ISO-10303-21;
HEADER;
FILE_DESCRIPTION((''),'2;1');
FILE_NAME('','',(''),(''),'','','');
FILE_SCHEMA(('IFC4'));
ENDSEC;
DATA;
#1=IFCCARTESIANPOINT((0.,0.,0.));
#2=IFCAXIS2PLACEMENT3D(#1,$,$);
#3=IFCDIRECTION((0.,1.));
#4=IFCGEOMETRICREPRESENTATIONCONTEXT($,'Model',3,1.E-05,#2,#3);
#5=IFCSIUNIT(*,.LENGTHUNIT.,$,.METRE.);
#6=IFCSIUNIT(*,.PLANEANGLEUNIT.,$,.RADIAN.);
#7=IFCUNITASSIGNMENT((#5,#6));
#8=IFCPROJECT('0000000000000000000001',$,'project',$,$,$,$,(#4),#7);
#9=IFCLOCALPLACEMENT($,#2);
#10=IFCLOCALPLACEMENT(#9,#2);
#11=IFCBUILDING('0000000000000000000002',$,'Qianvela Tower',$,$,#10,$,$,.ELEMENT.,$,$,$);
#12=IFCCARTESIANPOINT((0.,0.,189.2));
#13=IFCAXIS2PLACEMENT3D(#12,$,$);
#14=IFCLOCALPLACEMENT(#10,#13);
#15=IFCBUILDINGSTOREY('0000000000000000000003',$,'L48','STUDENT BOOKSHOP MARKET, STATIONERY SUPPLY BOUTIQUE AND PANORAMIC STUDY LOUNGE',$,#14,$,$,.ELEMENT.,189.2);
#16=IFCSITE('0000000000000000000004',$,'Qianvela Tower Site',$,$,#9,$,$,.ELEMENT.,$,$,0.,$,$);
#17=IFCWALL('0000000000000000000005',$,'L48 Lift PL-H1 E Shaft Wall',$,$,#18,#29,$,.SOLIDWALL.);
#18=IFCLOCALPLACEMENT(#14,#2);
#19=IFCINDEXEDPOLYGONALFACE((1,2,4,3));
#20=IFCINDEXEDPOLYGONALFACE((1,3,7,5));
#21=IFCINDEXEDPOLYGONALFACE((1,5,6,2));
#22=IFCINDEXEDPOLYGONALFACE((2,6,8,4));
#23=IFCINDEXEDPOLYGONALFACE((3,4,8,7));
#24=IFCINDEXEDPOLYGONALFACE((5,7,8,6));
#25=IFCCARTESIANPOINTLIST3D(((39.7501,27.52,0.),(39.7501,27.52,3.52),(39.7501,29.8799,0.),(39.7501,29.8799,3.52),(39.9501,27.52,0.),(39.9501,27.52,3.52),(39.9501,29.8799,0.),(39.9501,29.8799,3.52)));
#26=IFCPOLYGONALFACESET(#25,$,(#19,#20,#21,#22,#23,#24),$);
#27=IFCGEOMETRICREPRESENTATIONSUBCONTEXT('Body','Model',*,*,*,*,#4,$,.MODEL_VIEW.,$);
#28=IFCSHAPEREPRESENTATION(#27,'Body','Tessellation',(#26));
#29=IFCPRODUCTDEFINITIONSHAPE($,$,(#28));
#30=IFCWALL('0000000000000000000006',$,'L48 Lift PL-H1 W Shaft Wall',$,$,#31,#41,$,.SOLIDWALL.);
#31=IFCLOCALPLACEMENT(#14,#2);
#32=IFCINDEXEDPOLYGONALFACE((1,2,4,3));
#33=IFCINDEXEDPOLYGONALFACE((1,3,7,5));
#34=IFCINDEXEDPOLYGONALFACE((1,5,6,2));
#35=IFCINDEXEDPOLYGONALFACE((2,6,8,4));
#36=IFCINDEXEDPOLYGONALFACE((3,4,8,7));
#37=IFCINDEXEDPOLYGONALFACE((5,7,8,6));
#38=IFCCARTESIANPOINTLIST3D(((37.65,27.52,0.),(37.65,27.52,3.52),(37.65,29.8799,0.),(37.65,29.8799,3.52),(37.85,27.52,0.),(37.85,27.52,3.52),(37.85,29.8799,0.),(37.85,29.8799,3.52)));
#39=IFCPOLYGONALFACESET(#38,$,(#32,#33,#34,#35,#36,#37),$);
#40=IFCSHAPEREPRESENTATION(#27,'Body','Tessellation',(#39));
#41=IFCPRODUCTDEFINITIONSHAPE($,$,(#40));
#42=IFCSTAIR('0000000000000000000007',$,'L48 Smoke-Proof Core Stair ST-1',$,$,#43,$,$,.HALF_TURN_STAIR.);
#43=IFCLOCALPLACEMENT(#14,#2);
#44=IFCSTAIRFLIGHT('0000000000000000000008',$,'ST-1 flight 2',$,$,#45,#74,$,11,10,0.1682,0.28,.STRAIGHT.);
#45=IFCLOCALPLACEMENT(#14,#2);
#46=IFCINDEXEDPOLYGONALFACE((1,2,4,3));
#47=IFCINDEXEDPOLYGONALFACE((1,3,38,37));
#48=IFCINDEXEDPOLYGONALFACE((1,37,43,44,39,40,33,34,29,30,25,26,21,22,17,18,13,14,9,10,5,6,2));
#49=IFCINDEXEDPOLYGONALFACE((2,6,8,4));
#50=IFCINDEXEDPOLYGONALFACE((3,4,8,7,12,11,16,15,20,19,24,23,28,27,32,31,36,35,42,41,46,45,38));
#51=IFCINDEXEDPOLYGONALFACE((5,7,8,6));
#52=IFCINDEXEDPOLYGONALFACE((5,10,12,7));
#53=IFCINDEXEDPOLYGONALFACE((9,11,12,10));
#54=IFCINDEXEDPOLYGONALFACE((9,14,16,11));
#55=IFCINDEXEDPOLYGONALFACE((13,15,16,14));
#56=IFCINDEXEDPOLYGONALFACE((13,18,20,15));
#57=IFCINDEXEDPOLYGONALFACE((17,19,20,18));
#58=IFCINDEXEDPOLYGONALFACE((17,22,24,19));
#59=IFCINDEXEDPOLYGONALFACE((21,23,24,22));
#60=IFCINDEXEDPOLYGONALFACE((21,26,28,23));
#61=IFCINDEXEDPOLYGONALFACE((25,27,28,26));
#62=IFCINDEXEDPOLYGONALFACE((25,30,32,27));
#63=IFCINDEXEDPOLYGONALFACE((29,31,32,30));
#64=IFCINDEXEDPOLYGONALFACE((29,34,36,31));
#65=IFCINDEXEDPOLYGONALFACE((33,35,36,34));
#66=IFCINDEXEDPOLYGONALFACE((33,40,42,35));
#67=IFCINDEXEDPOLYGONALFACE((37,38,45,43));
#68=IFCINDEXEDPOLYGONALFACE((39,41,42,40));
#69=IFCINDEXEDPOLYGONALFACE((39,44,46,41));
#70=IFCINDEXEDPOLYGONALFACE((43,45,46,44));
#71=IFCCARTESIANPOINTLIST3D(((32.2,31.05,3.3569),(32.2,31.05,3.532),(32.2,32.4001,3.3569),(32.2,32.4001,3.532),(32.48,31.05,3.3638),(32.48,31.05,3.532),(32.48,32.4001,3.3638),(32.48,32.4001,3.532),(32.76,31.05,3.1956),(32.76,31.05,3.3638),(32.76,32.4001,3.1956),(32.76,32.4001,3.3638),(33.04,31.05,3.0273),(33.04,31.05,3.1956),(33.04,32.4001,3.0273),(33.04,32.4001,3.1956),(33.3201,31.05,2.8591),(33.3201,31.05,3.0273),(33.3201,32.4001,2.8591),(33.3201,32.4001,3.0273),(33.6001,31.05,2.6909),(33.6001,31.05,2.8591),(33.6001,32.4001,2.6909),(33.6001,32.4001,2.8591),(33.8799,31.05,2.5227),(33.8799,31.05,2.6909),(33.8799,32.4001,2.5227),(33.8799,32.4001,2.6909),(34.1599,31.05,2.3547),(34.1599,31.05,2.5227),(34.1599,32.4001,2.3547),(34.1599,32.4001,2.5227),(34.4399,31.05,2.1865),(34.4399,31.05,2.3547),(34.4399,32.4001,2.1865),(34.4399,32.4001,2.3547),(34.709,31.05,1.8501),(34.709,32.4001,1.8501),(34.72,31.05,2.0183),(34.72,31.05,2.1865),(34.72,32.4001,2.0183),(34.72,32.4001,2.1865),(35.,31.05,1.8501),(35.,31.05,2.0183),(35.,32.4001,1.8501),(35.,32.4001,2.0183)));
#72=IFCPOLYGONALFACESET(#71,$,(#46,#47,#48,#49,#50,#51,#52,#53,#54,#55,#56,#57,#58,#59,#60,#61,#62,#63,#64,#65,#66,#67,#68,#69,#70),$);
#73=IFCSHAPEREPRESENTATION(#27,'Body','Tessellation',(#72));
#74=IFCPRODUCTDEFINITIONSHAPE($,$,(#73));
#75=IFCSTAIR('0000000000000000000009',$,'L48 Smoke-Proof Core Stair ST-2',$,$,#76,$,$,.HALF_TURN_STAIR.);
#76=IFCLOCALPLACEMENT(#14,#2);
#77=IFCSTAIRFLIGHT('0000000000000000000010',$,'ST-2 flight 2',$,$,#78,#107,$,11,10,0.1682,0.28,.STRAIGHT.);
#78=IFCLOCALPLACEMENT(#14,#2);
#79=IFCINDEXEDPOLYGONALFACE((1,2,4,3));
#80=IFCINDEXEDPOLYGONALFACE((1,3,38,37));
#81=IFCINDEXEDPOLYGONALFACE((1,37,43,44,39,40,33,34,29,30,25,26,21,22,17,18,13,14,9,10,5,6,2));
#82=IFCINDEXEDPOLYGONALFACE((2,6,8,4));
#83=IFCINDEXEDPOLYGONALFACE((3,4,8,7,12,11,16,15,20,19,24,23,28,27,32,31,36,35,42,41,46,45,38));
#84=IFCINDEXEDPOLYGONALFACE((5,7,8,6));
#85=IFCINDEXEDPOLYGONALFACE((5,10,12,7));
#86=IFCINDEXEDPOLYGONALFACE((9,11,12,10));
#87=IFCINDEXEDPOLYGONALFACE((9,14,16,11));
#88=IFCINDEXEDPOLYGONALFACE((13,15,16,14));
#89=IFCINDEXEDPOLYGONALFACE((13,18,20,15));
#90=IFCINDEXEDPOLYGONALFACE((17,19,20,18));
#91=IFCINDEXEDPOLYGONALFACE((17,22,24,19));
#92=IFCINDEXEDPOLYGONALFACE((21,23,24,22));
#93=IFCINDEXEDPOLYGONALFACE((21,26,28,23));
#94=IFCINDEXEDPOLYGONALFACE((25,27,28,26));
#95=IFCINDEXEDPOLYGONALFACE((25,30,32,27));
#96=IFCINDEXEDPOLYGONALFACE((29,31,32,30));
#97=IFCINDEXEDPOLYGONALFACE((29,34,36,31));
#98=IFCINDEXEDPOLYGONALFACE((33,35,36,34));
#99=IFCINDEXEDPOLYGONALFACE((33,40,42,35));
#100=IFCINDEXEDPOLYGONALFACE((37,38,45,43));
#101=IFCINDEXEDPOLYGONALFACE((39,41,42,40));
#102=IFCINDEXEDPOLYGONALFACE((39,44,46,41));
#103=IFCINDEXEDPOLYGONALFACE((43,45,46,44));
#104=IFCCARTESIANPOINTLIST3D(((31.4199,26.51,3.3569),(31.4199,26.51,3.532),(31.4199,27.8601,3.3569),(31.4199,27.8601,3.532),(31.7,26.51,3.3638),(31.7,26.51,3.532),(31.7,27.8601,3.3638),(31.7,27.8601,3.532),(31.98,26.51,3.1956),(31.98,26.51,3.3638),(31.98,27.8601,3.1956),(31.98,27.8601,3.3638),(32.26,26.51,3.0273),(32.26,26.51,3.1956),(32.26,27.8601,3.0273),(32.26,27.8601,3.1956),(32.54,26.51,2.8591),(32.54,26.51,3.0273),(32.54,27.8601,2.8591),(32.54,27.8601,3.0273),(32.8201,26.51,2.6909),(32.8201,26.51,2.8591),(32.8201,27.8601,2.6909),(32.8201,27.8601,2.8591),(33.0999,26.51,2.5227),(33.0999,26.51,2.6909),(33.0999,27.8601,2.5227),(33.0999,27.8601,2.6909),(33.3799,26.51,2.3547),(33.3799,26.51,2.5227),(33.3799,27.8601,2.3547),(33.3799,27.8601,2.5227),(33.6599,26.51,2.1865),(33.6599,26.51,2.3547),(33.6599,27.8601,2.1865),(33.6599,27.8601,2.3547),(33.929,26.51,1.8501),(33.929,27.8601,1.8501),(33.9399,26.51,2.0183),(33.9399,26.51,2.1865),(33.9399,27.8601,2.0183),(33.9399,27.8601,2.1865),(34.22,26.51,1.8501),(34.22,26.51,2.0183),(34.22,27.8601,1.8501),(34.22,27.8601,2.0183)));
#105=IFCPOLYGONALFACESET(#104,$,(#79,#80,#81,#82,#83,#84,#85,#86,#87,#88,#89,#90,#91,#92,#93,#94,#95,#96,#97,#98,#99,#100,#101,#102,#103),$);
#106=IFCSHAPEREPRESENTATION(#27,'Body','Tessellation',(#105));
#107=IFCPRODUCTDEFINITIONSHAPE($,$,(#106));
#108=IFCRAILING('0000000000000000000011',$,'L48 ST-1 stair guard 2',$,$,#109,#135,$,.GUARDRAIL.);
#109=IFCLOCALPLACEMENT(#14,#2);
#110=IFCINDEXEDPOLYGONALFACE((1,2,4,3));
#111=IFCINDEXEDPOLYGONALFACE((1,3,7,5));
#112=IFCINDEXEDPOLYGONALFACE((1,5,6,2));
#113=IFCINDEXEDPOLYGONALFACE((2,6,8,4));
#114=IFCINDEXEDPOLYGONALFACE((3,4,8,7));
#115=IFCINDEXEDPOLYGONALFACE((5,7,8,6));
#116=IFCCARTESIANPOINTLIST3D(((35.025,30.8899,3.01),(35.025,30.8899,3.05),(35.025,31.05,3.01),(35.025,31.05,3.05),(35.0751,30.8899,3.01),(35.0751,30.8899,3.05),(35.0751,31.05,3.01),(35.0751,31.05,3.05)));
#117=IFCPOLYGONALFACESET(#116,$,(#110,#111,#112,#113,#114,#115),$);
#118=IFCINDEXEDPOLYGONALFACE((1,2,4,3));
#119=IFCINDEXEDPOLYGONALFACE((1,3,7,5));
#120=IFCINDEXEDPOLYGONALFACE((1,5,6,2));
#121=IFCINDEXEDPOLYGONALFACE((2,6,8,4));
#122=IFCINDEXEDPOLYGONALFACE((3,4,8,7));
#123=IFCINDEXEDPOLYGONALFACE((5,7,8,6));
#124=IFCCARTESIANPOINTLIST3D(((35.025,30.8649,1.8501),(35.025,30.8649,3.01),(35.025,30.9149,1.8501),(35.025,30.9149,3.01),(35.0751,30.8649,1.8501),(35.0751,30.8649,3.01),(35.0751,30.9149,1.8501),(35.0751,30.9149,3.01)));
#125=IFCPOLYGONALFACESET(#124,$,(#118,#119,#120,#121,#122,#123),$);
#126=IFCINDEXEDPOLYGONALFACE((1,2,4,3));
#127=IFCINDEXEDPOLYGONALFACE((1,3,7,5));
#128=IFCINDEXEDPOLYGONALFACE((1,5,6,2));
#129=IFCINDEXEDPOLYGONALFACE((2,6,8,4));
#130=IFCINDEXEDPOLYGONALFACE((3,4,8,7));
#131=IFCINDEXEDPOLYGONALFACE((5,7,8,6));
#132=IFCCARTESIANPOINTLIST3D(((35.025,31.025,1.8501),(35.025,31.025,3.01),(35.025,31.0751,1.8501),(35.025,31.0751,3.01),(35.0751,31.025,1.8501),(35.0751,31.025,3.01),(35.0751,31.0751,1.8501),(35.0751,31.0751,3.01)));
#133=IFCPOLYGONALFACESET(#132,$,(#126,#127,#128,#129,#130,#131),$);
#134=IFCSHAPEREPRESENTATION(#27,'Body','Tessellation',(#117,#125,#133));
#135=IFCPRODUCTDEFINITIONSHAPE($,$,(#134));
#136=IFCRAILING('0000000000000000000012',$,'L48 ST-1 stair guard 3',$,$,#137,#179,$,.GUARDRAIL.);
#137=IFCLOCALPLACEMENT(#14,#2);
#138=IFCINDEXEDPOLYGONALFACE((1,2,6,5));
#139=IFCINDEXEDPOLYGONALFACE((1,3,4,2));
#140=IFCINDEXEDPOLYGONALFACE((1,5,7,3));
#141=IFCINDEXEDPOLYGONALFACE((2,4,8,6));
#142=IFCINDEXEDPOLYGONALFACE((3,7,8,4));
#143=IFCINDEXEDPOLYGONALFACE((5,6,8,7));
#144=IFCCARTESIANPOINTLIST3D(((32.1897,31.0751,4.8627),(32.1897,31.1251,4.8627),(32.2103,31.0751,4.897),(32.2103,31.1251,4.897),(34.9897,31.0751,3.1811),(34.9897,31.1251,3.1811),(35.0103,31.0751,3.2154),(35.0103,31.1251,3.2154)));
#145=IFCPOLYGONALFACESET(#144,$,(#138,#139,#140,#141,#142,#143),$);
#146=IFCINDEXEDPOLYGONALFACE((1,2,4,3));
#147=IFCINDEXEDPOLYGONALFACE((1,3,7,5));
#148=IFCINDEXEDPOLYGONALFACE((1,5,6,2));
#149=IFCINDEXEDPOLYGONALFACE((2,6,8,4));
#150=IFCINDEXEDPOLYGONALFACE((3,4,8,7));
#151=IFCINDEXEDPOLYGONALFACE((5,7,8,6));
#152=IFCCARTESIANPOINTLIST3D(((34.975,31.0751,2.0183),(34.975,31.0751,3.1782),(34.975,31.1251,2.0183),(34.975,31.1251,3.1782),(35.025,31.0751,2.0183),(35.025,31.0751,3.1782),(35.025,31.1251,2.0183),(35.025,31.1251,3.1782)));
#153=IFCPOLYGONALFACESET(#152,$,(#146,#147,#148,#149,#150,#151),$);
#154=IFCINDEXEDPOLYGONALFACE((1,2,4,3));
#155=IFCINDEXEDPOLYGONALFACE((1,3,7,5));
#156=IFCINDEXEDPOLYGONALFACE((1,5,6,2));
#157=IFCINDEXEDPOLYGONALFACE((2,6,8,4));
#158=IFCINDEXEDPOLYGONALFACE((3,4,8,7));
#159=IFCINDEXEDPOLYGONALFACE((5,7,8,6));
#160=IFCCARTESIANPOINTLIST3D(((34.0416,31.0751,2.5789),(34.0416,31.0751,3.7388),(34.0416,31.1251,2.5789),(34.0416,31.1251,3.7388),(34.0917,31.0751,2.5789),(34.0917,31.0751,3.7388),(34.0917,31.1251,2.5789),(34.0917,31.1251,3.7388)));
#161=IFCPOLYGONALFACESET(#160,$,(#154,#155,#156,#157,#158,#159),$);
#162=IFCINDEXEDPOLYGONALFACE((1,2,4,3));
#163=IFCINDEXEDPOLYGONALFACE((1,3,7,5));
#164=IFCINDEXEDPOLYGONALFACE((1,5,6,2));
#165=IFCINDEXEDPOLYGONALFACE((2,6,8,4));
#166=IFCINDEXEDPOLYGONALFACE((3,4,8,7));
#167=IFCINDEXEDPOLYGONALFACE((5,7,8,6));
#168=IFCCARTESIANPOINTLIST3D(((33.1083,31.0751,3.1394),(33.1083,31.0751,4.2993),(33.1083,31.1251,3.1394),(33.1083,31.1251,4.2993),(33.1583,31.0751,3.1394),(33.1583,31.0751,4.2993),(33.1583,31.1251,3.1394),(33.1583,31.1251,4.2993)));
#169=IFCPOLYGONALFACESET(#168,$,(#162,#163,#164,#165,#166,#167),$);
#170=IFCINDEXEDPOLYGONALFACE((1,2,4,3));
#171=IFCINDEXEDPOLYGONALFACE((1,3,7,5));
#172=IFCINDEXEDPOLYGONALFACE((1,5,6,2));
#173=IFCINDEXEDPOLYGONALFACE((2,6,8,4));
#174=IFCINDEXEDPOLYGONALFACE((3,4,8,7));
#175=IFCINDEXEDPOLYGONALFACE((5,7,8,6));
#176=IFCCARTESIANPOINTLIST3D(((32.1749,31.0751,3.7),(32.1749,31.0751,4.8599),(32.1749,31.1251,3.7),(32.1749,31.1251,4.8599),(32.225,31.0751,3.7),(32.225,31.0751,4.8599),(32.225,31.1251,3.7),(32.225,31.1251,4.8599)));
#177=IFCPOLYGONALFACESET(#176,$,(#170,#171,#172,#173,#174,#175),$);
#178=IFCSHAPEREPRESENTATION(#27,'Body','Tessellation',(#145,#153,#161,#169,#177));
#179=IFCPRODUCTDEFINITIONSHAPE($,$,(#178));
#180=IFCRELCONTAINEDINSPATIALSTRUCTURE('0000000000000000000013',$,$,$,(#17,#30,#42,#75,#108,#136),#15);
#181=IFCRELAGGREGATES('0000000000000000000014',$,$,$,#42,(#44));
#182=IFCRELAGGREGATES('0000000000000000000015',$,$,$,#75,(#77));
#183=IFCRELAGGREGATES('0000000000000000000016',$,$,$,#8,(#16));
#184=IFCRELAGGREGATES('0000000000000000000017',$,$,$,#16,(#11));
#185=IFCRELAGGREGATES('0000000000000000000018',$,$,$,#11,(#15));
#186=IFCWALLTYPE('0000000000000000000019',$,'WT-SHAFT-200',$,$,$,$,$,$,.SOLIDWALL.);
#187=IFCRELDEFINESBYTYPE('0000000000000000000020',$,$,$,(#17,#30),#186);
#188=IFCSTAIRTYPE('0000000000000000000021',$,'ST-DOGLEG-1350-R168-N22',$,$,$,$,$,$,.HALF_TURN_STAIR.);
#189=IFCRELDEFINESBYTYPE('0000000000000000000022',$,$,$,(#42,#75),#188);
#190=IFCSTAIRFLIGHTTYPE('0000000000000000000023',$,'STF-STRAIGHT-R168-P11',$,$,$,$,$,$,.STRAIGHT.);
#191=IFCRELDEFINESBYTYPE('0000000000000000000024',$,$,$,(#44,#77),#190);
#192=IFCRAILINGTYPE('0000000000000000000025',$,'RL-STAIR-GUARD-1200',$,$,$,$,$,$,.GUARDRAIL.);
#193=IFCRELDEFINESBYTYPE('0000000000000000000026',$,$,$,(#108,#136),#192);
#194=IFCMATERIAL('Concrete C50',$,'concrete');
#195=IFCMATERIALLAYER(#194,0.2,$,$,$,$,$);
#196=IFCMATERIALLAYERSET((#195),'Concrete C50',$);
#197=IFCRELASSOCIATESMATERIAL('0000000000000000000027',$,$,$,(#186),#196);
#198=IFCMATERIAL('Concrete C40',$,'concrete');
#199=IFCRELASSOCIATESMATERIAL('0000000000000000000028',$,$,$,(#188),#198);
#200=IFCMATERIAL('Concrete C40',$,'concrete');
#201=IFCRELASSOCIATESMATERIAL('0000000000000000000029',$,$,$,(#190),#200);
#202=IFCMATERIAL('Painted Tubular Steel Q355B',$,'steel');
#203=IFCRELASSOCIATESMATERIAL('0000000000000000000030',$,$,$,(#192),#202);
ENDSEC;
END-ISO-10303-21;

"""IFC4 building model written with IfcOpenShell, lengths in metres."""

from ifc_helpers import new_model, si_unit, direction, frame, frame_2d, origin, origin_2d, place, context, subcontext, project, spatial, polyline, rectangle, outline, extrude, material, layer, layer_set, type_object, element, aggregate, save


model = new_model("IFC4")

# Units and contexts
model_context = context("Model", 3, precision=1e-05, world=origin(), true_north=direction((0.0, 1.0)))
body_context = subcontext(model_context, "Body", "Model", "MODEL_VIEW")
ifc_project = project(units=[si_unit("LENGTHUNIT", "METRE"), si_unit("PLANEANGLEUNIT", "RADIAN")], contexts=[model_context])

# Site, building, storey
site_placement = place(None, origin())
site = spatial("IfcSite", under=ifc_project, at=site_placement, Name="Qianvela Tower Site", CompositionType="ELEMENT", RefElevation=0.0)
building_placement = place(site_placement, origin())
building = spatial("IfcBuilding", under=site, at=building_placement, Name="Qianvela Tower", CompositionType="ELEMENT")
storey_placement = place(building_placement, frame((0.0, 0.0, 189.2)))
storey = spatial("IfcBuildingStorey", under=building, at=storey_placement, Name="L48", Description="STUDENT BOOKSHOP MARKET, STATIONERY SUPPLY BOUTIQUE AND PANORAMIC STUDY LOUNGE", CompositionType="ELEMENT", Elevation=189.2)

# Shared definitions
ifc_material_1 = material(Name="Concrete C50", Category="concrete")
ifc_layer_1 = layer(ifc_material_1, 0.2)
ifc_layer_set_1 = layer_set([ifc_layer_1], Name="Concrete C50")
wall_type_1 = type_object("IfcWallType", Name="WT-SHAFT-200", PredefinedType="SOLIDWALL", material=ifc_layer_set_1)

# Walls
for number, where, z_axis, x_axis, name in (
    (1, (39.8501, 27.52, 0.0), (0.0, 0.0, 1.0), (0.0, 1.0, 0.0), "L48 Lift PL-H1 E Shaft Wall"),
    (2, (37.75, 27.52, 0.0), (0.0, 0.0, 1.0), (0.0, 1.0, 0.0), "L48 Lift PL-H1 W Shaft Wall"),
):
    element("IfcWall", number, at=place(storey_placement, frame(where, z_axis=z_axis, x_axis=x_axis)), inside=storey, type_object=wall_type_1, Name=name, PredefinedType="SOLIDWALL", context=body_context, shape_type="SweptSolid", body=[
        extrude(rectangle(XDim=2.3599, YDim=0.2, at=frame_2d((1.1799, 0.0))), origin(), (0.0, 0.0, 1.0), 3.52),
    ])

# Stairs, stair flights
ifc_material_2 = material(Name="Concrete C40", Category="concrete")
stair_type = type_object("IfcStairType", Name="ST-DOGLEG-1350-R168-N22", PredefinedType="HALF_TURN_STAIR", material=ifc_material_2)
stair_1_placement = place(storey_placement, origin())
stair_1 = element("IfcStair", 3, at=stair_1_placement, inside=storey, type_object=stair_type, Name="L48 Smoke-Proof Core Stair ST-1", PredefinedType="HALF_TURN_STAIR")
ifc_material_3 = material(Name="Concrete C40", Category="concrete")
stair_flight_type = type_object("IfcStairFlightType", Name="STF-STRAIGHT-R168-P11", PredefinedType="STRAIGHT", material=ifc_material_3)
stair_flight_1_placement = place(storey_placement, frame((35.0, 31.7251, 1.8501), z_axis=(0.0, 0.0, 1.0), x_axis=(-1.0, 0.0, 0.0)))
stair_flight_1 = element("IfcStairFlight", 4, at=stair_flight_1_placement, type_object=stair_flight_type, Name="ST-1 flight 2", NumberOfRisers=11, NumberOfTreads=10, PredefinedType="STRAIGHT", RiserHeight=0.1682, TreadLength=0.28, context=body_context, shape_type="SweptSolid", body=[
    extrude(outline(polyline([(0.0, 0.0), (0.0, 0.1682), (0.28, 0.1682), (0.28, 0.3364), (0.5601, 0.3364), (0.5601, 0.5046), (0.8401, 0.5046), (0.8401, 0.6726), (1.1201, 0.6726), (1.1201, 0.8408), (1.3999, 0.8408), (1.3999, 1.009), (1.6799, 1.009), (1.6799, 1.1772), (1.96, 1.1772), (1.96, 1.3455), (2.24, 1.3455), (2.24, 1.5137), (2.52, 1.5137), (2.52, 1.6819), (2.8, 1.6819), (2.8, 1.8501), (2.8, 1.5068), (0.291, 0.0), (0.0, 0.0)])), frame((0.0, 0.675, 0.0), z_axis=(0.0, -1.0, 0.0), x_axis=(1.0, 0.0, 0.0)), (0.0, 0.0, 1.0), 1.3501),
])
aggregate(stair_1, [stair_flight_1])
stair_2_placement = place(storey_placement, origin())
stair_2 = element("IfcStair", 5, at=stair_2_placement, inside=storey, type_object=stair_type, Name="L48 Smoke-Proof Core Stair ST-2", PredefinedType="HALF_TURN_STAIR")
stair_flight_2_placement = place(storey_placement, frame((34.22, 27.1851, 1.8501), z_axis=(0.0, 0.0, 1.0), x_axis=(-1.0, 0.0, 0.0)))
stair_flight_2 = element("IfcStairFlight", 6, at=stair_flight_2_placement, type_object=stair_flight_type, Name="ST-2 flight 2", NumberOfRisers=11, NumberOfTreads=10, PredefinedType="STRAIGHT", RiserHeight=0.1682, TreadLength=0.28, context=body_context, shape_type="SweptSolid", body=[
    extrude(outline(polyline([(0.0, 0.0), (0.0, 0.1682), (0.28, 0.1682), (0.28, 0.3364), (0.5601, 0.3364), (0.5601, 0.5046), (0.8401, 0.5046), (0.8401, 0.6726), (1.1201, 0.6726), (1.1201, 0.8408), (1.3999, 0.8408), (1.3999, 1.009), (1.6799, 1.009), (1.6799, 1.1772), (1.96, 1.1772), (1.96, 1.3455), (2.24, 1.3455), (2.24, 1.5137), (2.52, 1.5137), (2.52, 1.6819), (2.8, 1.6819), (2.8, 1.8501), (2.8, 1.5068), (0.291, 0.0), (0.0, 0.0)])), frame((0.0, 0.675, 0.0), z_axis=(0.0, -1.0, 0.0), x_axis=(1.0, 0.0, 0.0)), (0.0, 0.0, 1.0), 1.3501),
])
aggregate(stair_2, [stair_flight_2])

# Railings
ifc_material_4 = material(Name="Painted Tubular Steel Q355B", Category="steel")
railing_type_1 = type_object("IfcRailingType", Name="RL-STAIR-GUARD-1200", PredefinedType="GUARDRAIL", material=ifc_material_4)
railing_placement = place(storey_placement, frame((35.05, 30.8899, 1.8501)))
element("IfcRailing", 7, at=railing_placement, inside=storey, type_object=railing_type_1, Name="L48 ST-1 stair guard 2", PredefinedType="GUARDRAIL", context=body_context, shape_type="SweptSolid", body=[
    extrude(rectangle(XDim=0.05, YDim=0.04, at=origin_2d()), frame((0.0, 0.0, 1.1799), z_axis=(0.0, 1.0, 0.0), x_axis=(-1.0, 0.0, 0.0)), (0.0, 0.0, 1.0), 0.1602),
    extrude(rectangle(XDim=0.05, YDim=0.05, at=origin_2d()), origin(), (0.0, 0.0, 1.0), 1.1599),
    extrude(rectangle(XDim=0.05, YDim=0.05, at=origin_2d()), frame((0.0, 0.1602, 0.0)), (0.0, 0.0, 1.0), 1.1599),
])
for number, where, name in (
    (8, (35.0, 31.1001, 2.0183), "L48 ST-1 stair guard 3"),
):
    element("IfcRailing", number, at=place(storey_placement, frame(where)), inside=storey, type_object=railing_type_1, Name=name, PredefinedType="GUARDRAIL", context=body_context, shape_type="SweptSolid", body=[
        extrude(rectangle(XDim=0.05, YDim=0.04, at=origin_2d()), frame((0.0, 0.0, 1.1799), z_axis=(-0.857275, 0.0, 0.514858), x_axis=(0.0, -1.0, 0.0)), (0.0, 0.0, 1.0), 3.2661),
        extrude(rectangle(XDim=0.05, YDim=0.05, at=origin_2d()), origin(), (0.0, 0.0, 1.0), 1.1599),
        extrude(rectangle(XDim=0.05, YDim=0.05, at=origin_2d()), frame((-0.9333, 0.0, 0.5605)), (0.0, 0.0, 1.0), 1.1599),
        extrude(rectangle(XDim=0.05, YDim=0.05, at=origin_2d()), frame((-1.8667, 0.0, 1.1211)), (0.0, 0.0, 1.0), 1.1599),
        extrude(rectangle(XDim=0.05, YDim=0.05, at=origin_2d()), frame((-2.8, 0.0, 1.6816)), (0.0, 0.0, 1.0), 1.1599),
    ])

save(model, "model.ifc")
